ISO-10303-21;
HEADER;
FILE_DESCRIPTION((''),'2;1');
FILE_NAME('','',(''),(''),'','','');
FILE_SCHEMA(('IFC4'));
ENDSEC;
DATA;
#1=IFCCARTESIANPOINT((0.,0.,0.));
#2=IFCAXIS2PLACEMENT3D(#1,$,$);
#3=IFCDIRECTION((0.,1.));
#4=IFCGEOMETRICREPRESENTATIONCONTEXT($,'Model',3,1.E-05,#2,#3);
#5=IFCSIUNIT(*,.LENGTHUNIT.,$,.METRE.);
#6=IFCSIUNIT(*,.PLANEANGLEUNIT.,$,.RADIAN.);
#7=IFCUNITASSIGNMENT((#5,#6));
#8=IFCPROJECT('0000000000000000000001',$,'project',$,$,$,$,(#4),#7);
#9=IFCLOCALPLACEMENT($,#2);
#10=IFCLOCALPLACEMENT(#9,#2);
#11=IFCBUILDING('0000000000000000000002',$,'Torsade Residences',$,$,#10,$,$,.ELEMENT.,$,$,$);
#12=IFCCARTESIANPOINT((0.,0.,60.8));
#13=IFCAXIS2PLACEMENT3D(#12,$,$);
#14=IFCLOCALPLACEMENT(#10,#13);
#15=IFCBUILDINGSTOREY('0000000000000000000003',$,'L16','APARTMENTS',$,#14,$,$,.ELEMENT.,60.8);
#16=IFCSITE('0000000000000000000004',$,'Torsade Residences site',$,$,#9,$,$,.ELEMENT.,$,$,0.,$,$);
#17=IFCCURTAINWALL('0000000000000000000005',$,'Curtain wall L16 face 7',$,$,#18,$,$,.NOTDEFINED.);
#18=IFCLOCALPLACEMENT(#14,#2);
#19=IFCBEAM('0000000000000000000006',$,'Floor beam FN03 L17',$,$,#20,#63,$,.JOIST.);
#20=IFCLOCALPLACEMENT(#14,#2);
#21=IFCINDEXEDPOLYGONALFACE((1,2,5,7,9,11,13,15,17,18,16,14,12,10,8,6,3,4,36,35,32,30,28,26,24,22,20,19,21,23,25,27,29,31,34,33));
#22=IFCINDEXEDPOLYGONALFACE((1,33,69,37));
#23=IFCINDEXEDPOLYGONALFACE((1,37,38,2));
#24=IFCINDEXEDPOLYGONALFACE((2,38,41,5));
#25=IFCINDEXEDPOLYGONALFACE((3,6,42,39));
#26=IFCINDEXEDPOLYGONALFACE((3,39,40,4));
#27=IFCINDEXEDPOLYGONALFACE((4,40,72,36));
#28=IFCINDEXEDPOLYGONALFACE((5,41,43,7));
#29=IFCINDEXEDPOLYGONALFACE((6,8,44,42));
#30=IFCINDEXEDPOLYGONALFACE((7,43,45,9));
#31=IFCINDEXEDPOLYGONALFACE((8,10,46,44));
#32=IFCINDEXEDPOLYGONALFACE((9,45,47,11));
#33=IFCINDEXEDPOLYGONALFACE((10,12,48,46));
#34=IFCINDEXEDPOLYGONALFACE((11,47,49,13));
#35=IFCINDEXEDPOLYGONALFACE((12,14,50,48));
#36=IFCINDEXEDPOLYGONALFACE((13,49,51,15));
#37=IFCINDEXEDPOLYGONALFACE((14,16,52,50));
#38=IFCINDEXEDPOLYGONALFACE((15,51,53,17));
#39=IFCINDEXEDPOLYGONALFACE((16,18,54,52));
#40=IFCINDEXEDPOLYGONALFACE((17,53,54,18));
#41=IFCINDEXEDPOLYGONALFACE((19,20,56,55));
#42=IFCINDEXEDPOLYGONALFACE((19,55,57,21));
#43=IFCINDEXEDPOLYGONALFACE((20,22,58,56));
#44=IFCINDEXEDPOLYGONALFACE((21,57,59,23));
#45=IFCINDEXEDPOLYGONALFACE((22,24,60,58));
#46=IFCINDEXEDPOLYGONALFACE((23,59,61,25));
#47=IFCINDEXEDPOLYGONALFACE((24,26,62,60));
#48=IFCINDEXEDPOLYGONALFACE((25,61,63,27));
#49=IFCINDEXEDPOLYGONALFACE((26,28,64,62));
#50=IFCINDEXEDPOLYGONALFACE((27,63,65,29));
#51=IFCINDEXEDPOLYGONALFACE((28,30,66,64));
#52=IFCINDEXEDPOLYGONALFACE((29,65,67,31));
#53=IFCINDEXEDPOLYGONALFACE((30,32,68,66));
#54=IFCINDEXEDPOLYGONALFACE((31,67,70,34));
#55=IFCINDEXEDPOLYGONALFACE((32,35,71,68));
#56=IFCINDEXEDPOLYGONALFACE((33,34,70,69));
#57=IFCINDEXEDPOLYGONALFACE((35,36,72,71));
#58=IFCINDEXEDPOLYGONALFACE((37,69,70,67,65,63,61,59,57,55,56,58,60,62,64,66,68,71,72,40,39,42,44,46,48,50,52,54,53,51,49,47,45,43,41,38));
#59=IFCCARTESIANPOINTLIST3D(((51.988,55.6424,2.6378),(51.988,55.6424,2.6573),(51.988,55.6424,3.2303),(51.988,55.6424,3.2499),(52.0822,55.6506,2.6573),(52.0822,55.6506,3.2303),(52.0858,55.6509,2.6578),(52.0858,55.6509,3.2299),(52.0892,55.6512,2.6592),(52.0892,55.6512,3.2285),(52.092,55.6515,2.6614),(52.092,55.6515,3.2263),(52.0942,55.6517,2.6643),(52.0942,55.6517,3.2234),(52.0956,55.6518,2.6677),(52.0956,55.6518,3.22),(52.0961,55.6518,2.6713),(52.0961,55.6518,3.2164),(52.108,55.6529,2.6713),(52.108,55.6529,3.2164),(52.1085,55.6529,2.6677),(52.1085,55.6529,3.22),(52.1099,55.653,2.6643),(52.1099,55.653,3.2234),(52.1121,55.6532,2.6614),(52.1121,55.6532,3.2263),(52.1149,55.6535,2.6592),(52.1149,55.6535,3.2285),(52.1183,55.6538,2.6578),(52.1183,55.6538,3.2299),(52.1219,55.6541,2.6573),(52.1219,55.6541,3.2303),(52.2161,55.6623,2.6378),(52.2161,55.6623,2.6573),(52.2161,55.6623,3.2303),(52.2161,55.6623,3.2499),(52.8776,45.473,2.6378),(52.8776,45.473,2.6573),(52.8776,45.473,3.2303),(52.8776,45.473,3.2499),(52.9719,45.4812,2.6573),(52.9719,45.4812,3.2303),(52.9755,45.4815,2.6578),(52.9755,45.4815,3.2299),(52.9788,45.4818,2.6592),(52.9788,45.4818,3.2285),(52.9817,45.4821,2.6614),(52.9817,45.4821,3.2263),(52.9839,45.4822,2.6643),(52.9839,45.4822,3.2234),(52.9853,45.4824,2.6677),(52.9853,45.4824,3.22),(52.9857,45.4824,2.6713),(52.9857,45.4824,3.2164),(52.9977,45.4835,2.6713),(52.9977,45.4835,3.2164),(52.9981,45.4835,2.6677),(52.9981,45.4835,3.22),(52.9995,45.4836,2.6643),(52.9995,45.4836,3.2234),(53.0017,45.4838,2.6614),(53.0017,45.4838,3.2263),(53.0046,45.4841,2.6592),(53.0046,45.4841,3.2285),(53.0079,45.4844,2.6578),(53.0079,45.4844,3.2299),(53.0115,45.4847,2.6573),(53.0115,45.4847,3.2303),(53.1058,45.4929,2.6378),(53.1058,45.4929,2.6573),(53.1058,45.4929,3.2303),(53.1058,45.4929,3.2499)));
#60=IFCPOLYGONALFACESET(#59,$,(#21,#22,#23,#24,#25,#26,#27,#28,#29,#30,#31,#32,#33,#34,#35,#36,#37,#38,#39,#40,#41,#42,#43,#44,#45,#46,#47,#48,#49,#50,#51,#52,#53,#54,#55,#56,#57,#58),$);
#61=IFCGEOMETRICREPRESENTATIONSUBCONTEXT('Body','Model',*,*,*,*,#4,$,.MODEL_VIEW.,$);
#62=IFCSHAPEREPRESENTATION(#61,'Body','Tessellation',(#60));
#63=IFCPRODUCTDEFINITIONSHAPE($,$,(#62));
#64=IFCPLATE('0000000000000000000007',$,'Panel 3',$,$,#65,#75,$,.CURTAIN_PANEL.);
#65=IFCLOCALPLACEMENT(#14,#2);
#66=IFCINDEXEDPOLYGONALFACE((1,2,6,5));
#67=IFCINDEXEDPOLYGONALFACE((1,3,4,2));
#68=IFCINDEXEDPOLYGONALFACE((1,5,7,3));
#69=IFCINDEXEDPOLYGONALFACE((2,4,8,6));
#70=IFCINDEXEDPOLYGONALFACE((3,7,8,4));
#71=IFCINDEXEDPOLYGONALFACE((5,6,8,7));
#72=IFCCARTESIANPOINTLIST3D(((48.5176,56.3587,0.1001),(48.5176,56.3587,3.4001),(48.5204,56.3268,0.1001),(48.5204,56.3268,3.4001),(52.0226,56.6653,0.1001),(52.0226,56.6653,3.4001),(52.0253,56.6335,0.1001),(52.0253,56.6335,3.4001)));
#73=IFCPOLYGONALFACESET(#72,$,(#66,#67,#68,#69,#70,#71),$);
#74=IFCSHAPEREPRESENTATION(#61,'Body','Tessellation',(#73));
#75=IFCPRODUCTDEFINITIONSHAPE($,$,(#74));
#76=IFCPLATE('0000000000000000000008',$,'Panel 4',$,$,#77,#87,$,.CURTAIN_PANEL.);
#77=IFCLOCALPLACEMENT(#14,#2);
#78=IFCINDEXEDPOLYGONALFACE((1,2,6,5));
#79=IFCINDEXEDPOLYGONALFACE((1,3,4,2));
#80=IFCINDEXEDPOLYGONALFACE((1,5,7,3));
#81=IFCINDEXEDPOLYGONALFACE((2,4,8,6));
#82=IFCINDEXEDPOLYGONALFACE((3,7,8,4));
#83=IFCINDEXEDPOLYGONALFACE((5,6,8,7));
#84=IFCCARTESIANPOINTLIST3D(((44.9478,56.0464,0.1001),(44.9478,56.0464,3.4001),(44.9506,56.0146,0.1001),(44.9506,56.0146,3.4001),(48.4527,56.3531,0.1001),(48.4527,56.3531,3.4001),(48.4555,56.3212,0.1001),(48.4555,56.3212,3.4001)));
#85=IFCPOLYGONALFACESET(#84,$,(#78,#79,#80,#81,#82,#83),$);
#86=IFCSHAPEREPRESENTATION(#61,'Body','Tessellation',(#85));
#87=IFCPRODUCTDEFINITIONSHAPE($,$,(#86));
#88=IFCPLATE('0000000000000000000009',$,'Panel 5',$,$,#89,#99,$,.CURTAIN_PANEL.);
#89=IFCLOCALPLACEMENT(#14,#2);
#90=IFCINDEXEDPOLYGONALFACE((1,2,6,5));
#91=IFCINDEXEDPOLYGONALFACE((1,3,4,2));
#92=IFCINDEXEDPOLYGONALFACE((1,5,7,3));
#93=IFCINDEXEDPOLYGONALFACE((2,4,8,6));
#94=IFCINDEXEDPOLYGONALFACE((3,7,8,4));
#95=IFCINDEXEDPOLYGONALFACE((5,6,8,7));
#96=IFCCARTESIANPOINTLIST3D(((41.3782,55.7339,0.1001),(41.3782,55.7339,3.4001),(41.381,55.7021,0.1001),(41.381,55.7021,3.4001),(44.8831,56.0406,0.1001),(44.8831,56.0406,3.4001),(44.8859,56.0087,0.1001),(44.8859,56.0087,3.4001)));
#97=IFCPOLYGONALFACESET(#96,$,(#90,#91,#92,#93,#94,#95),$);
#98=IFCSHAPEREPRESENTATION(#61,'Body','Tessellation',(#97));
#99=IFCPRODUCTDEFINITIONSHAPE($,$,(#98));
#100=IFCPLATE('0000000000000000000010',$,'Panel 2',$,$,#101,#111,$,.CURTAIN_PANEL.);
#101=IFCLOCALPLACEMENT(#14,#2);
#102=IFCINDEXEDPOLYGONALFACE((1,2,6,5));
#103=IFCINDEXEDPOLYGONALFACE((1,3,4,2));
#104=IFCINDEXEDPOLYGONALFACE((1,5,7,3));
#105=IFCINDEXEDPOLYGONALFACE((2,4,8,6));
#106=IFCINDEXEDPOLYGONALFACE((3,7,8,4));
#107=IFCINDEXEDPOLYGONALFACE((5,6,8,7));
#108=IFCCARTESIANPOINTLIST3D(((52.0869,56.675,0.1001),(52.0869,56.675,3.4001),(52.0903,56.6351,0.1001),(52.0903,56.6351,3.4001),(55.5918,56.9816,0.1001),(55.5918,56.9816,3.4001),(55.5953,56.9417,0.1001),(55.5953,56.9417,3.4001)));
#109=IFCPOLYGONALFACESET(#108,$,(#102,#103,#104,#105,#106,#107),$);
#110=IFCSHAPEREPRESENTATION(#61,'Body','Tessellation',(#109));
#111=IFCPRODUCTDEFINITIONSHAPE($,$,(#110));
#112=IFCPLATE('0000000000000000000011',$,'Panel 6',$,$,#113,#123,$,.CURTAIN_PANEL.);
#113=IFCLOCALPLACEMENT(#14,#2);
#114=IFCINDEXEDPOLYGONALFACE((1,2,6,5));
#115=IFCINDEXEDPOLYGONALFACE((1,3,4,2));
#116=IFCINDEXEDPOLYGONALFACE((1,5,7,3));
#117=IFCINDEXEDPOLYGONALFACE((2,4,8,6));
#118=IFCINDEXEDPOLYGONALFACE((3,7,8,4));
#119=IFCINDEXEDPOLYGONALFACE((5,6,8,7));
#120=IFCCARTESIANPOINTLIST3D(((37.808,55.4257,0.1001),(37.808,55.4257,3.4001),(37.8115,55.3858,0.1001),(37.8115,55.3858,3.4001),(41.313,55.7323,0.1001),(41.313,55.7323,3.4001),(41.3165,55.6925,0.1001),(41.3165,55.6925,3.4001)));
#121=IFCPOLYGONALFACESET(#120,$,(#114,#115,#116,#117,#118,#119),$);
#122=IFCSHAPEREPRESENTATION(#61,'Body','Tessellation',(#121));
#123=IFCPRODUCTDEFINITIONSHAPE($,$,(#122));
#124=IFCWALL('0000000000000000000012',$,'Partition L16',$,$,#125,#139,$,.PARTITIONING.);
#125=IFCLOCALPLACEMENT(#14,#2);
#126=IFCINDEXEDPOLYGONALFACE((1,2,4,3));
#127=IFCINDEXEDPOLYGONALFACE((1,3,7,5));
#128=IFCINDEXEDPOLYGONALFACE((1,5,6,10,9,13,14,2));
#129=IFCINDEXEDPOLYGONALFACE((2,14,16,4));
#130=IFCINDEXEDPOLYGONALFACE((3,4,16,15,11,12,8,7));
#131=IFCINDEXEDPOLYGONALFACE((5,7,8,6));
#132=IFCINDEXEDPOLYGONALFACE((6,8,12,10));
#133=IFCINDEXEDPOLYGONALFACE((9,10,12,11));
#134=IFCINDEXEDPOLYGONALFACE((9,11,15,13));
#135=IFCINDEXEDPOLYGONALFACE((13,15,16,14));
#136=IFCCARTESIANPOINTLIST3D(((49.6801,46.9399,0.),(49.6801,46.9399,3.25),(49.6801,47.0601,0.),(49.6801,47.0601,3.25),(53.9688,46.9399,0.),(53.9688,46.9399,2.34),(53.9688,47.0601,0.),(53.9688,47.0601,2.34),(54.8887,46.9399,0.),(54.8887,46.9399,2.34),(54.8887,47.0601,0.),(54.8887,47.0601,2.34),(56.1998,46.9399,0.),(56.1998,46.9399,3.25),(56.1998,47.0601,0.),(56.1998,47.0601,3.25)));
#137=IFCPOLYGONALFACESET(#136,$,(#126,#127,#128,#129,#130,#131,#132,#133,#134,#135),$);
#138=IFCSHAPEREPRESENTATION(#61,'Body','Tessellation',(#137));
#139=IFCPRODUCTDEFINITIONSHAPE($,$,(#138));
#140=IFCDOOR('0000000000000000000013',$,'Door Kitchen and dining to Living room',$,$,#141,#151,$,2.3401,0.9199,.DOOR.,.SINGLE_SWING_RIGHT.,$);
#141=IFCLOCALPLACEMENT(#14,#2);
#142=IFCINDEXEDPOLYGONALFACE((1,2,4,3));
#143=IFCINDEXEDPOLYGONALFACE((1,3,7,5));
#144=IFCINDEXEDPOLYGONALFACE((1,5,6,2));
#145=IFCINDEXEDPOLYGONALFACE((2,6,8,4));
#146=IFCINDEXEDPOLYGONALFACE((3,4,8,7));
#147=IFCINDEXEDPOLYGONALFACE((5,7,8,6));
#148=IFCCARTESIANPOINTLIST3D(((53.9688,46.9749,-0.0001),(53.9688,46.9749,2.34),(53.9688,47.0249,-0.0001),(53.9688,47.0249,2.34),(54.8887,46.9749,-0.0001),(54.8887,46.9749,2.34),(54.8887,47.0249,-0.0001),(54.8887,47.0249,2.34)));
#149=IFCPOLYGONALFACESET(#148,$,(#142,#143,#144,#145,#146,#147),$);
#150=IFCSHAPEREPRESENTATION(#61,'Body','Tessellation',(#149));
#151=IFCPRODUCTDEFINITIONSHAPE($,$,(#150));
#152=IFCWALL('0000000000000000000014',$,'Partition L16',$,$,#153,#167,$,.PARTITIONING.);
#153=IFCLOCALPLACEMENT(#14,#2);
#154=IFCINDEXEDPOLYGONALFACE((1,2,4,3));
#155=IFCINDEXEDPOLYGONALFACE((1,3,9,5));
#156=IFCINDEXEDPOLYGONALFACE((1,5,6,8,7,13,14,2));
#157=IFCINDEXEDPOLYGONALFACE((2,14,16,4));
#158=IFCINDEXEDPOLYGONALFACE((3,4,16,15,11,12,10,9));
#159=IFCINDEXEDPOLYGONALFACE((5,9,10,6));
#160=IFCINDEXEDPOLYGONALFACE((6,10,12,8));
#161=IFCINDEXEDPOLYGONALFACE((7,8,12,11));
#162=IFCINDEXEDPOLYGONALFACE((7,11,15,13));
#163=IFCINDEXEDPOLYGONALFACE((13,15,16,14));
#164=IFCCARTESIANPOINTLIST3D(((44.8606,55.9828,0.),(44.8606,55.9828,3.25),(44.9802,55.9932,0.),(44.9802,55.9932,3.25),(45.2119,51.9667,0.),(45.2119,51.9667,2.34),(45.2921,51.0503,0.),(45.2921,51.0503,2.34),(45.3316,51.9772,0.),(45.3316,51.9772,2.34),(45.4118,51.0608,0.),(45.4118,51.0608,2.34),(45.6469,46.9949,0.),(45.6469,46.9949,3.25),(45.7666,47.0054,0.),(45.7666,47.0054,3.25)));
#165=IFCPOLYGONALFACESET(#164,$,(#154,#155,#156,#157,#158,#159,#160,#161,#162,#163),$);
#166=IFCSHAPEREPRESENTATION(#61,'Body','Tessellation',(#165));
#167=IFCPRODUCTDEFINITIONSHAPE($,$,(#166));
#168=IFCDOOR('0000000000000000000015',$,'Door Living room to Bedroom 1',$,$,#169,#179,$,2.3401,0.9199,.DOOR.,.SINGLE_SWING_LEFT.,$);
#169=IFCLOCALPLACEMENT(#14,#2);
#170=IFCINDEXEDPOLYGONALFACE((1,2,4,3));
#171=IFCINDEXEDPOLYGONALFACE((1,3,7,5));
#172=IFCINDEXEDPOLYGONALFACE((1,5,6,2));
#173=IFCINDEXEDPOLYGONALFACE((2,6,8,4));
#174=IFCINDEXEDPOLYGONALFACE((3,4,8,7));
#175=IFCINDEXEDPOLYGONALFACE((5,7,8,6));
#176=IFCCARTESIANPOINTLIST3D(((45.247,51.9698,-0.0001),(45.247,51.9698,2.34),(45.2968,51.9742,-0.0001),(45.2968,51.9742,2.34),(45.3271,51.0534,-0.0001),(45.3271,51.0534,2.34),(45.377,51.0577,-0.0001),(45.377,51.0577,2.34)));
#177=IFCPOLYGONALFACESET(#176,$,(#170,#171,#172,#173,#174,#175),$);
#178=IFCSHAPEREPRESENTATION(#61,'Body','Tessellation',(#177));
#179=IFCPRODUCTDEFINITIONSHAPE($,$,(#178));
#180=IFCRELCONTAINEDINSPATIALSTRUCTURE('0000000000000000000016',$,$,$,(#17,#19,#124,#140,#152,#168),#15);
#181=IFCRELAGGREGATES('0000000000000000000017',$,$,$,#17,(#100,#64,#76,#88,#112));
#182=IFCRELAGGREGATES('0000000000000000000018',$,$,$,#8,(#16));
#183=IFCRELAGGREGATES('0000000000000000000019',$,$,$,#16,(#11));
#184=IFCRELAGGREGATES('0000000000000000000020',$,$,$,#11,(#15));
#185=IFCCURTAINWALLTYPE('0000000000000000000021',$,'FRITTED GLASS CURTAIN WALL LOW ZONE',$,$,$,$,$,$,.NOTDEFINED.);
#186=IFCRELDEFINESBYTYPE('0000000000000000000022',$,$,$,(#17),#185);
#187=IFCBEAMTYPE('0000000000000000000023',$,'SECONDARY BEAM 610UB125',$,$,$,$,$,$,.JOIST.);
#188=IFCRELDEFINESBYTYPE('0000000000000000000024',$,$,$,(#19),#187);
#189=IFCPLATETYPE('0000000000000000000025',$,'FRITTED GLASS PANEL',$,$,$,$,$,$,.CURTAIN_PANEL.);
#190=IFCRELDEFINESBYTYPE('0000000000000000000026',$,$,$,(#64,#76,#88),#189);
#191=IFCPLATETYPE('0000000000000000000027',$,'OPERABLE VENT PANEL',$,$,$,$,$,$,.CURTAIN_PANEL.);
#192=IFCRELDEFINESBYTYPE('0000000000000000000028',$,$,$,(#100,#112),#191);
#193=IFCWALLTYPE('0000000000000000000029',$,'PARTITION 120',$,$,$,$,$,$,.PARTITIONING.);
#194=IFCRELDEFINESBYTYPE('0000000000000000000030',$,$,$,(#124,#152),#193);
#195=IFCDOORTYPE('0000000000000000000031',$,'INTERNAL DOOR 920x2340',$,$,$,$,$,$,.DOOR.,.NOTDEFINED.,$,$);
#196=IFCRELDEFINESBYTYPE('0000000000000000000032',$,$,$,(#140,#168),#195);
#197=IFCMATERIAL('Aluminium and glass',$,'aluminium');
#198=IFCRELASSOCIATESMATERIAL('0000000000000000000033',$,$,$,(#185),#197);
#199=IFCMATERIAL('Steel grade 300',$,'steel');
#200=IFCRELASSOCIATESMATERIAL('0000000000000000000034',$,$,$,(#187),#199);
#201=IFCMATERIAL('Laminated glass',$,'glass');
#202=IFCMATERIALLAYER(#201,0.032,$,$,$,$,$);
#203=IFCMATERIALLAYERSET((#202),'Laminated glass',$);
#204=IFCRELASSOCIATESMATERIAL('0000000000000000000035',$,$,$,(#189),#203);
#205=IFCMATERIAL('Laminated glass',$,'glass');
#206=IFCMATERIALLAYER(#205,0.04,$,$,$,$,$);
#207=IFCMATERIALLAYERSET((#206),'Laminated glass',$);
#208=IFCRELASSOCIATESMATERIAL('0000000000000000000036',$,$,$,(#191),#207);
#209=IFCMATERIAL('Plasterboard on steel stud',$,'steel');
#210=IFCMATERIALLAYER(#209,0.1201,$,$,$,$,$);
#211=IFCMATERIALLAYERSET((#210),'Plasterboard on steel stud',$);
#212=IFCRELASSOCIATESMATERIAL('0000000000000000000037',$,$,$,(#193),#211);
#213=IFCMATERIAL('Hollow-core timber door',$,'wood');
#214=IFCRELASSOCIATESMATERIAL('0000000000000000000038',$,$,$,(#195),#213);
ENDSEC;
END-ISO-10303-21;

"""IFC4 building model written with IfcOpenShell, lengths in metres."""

from ifc_helpers import new_model, si_unit, direction, frame, frame_2d, origin, origin_2d, place, context, subcontext, project, spatial, rectangle, i_section, extrude, material, layer, layer_set, material_profile, profile_set, type_object, element, fill, aggregate, save


model = new_model("IFC4")

# Units and contexts
model_context = context("Model", 3, precision=1e-05, world=origin(), true_north=direction((0.0, 1.0)))
body_context = subcontext(model_context, "Body", "Model", "MODEL_VIEW")
ifc_project = project(units=[si_unit("LENGTHUNIT", "METRE"), si_unit("PLANEANGLEUNIT", "RADIAN")], contexts=[model_context])

# Site, building, storey
site_placement = place(None, origin())
site = spatial("IfcSite", under=ifc_project, at=site_placement, Name="Torsade Residences site", CompositionType="ELEMENT", RefElevation=0.0)
building_placement = place(site_placement, origin())
building = spatial("IfcBuilding", under=site, at=building_placement, Name="Torsade Residences", CompositionType="ELEMENT")
storey_placement = place(building_placement, frame((0.0, 0.0, 60.8)))
storey = spatial("IfcBuildingStorey", under=building, at=storey_placement, Name="L16", Description="APARTMENTS", CompositionType="ELEMENT", Elevation=60.8)

# Curtain wall
ifc_material_1 = material(Name="Aluminium and glass", Category="aluminium")
curtain_wall_type = type_object("IfcCurtainWallType", Name="FRITTED GLASS CURTAIN WALL LOW ZONE", PredefinedType="NOTDEFINED", material=ifc_material_1)
curtain_wall_placement = place(storey_placement, origin())
curtain_wall = element("IfcCurtainWall", 1, at=curtain_wall_placement, inside=storey, type_object=curtain_wall_type, Name="Curtain wall L16 face 7", PredefinedType="NOTDEFINED")

# Beam
ifc_material_2 = material(Name="Steel grade 300", Category="steel")
ifc_material_profile_1 = material_profile(ifc_material_2, i_section(OverallWidth=0.229, OverallDepth=0.6121, WebThickness=0.012, FlangeThickness=0.0195, FilletRadius=0.0139, at=origin_2d()), Name="610UB125")
ifc_profile_set_1 = profile_set([ifc_material_profile_1], Name="Steel grade 300")
beam_type_1 = type_object("IfcBeamType", Name="SECONDARY BEAM 610UB125", PredefinedType="JOIST", material=ifc_profile_set_1)
beam_1_placement = place(storey_placement, frame((52.1021, 55.6523, 2.9438), z_axis=(0.08715, -0.996195, 0.0), x_axis=(0.996195, 0.08715, 0.0)))
element("IfcBeam", 2, at=beam_1_placement, inside=storey, type_object=beam_type_1, Name="Floor beam FN03 L17", PredefinedType="JOIST", context=body_context, shape_type="SweptSolid", body=[
    extrude(i_section(OverallWidth=0.229, OverallDepth=0.6121, WebThickness=0.012, FlangeThickness=0.0195, FilletRadius=0.0139, at=origin_2d()), origin(), (0.0, 0.0, 1.0), 10.2083),
])

# Plates
ifc_material_3 = material(Name="Laminated glass", Category="glass")
ifc_layer_1 = layer(ifc_material_3, 0.032)
ifc_layer_set_1 = layer_set([ifc_layer_1], Name="Laminated glass")
plate_type_1 = type_object("IfcPlateType", Name="FRITTED GLASS PANEL", PredefinedType="CURTAIN_PANEL", material=ifc_layer_set_1)
plate_1_placement = place(storey_placement, frame((50.2715, 56.4961, 0.1001), z_axis=(0.0, 0.0, 1.0), x_axis=(-0.996195, -0.087156, 0.0)))
plate_1 = element("IfcPlate", 3, at=plate_1_placement, type_object=plate_type_1, Name="Panel 3", PredefinedType="CURTAIN_PANEL", context=body_context, shape_type="SweptSolid", body=[
    extrude(rectangle(XDim=3.5183, YDim=0.032, at=origin_2d()), origin(), (0.0, 0.0, 1.0), 3.3),
])
plate_2_placement = place(storey_placement, frame((46.7017, 56.1838, 0.1001), z_axis=(0.0, 0.0, 1.0), x_axis=(-0.996195, -0.087156, 0.0)))
plate_2 = element("IfcPlate", 4, at=plate_2_placement, type_object=plate_type_1, Name="Panel 4", PredefinedType="CURTAIN_PANEL", context=body_context, shape_type="SweptSolid", body=[
    extrude(rectangle(XDim=3.5183, YDim=0.032, at=origin_2d()), origin(), (0.0, 0.0, 1.0), 3.3),
])
plate_3_placement = place(storey_placement, frame((43.1321, 55.8713, 0.1001), z_axis=(0.0, 0.0, 1.0), x_axis=(-0.996195, -0.087156, 0.0)))
plate_3 = element("IfcPlate", 5, at=plate_3_placement, type_object=plate_type_1, Name="Panel 5", PredefinedType="CURTAIN_PANEL", context=body_context, shape_type="SweptSolid", body=[
    extrude(rectangle(XDim=3.5183, YDim=0.032, at=origin_2d()), origin(), (0.0, 0.0, 1.0), 3.3),
])
ifc_material_4 = material(Name="Laminated glass", Category="glass")
ifc_layer_2 = layer(ifc_material_4, 0.04)
ifc_layer_set_2 = layer_set([ifc_layer_2], Name="Laminated glass")
plate_type_2 = type_object("IfcPlateType", Name="OPERABLE VENT PANEL", PredefinedType="CURTAIN_PANEL", material=ifc_layer_set_2)
plate_4_placement = place(storey_placement, frame((53.8411, 56.8083, 0.1001), z_axis=(0.0, 0.0, 1.0), x_axis=(-0.996195, -0.087156, 0.0)))
plate_4 = element("IfcPlate", 6, at=plate_4_placement, type_object=plate_type_2, Name="Panel 2", PredefinedType="CURTAIN_PANEL", context=body_context, shape_type="SweptSolid", body=[
    extrude(rectangle(XDim=3.5183, YDim=0.04, at=origin_2d()), origin(), (0.0, 0.0, 1.0), 3.3),
])
plate_5_placement = place(storey_placement, frame((39.5623, 55.5591, 0.1001), z_axis=(0.0, 0.0, 1.0), x_axis=(-0.996195, -0.087156, 0.0)))
plate_5 = element("IfcPlate", 7, at=plate_5_placement, type_object=plate_type_2, Name="Panel 6", PredefinedType="CURTAIN_PANEL", context=body_context, shape_type="SweptSolid", body=[
    extrude(rectangle(XDim=3.5183, YDim=0.04, at=origin_2d()), origin(), (0.0, 0.0, 1.0), 3.3),
])
aggregate(curtain_wall, [plate_4, plate_1, plate_2, plate_3, plate_5])

# Walls, openings, doors
ifc_material_5 = material(Name="Plasterboard on steel stud", Category="steel")
ifc_layer_3 = layer(ifc_material_5, 0.1201)
ifc_layer_set_3 = layer_set([ifc_layer_3], Name="Plasterboard on steel stud")
wall_type_1 = type_object("IfcWallType", Name="PARTITION 120", PredefinedType="PARTITIONING", material=ifc_layer_set_3)
wall_1_placement = place(storey_placement, frame((49.6802, 47.0, 0.0), z_axis=(0.0, 0.0, 1.0), x_axis=(1.0, 0.0, 0.0)))
wall_1 = element("IfcWall", 8, at=wall_1_placement, inside=storey, type_object=wall_type_1, Name="Partition L16", PredefinedType="PARTITIONING", context=body_context, shape_type="SweptSolid", body=[
    extrude(rectangle(XDim=6.5198, YDim=0.1201, at=frame_2d((3.2598, 0.0))), origin(), (0.0, 0.0, 1.0), 3.25),
])
opening_1_placement = place(wall_1_placement, frame((4.2886, 0.0, 0.0)))
opening_1 = element("IfcOpeningElement", 9, at=opening_1_placement, cuts=wall_1, PredefinedType="OPENING", context=body_context, shape_type="SweptSolid", body=[
    extrude(rectangle(XDim=0.9199, YDim=2.3401, at=frame_2d((0.46, 1.1699))), frame((0.0, 0.0701, 0.0), z_axis=(0.0, -1.0, 0.0), x_axis=(1.0, 0.0, 0.0)), (0.0, 0.0, 1.0), 0.1401),
])
ifc_material_6 = material(Name="Hollow-core timber door", Category="wood")
door_type = type_object("IfcDoorType", Name="INTERNAL DOOR 920x2340", OperationType="NOTDEFINED", PredefinedType="DOOR", material=ifc_material_6)
door_1_placement = place(opening_1_placement, origin())
door_1 = element("IfcDoor", 10, at=door_1_placement, inside=storey, type_object=door_type, Name="Door Kitchen and dining to Living room", OperationType="SINGLE_SWING_RIGHT", OverallHeight=2.3401, OverallWidth=0.9199, PredefinedType="DOOR", context=body_context, shape_type="SweptSolid", body=[
    extrude(rectangle(XDim=0.9199, YDim=2.3401, at=frame_2d((0.46, 1.1699))), frame((0.0, 0.0249, 0.0), z_axis=(0.0, -1.0, 0.0), x_axis=(1.0, 0.0, 0.0)), (0.0, 0.0, 1.0), 0.05),
])
fill(opening_1, door_1)
wall_2_placement = place(storey_placement, frame((45.7068, 47.0, 0.0), z_axis=(0.0, 0.0, 1.0), x_axis=(-0.087161, 0.996194, 0.0)))
wall_2 = element("IfcWall", 11, at=wall_2_placement, inside=storey, type_object=wall_type_1, Name="Partition L16", PredefinedType="PARTITIONING", context=body_context, shape_type="SweptSolid", body=[
    extrude(rectangle(XDim=9.0222, YDim=0.1201, at=frame_2d((4.5112, 0.0))), origin(), (0.0, 0.0, 1.0), 3.25),
])
opening_2_placement = place(wall_2_placement, frame((4.071, 0.0, 0.0)))
opening_2 = element("IfcOpeningElement", 12, at=opening_2_placement, cuts=wall_2, PredefinedType="OPENING", context=body_context, shape_type="SweptSolid", body=[
    extrude(rectangle(XDim=0.9199, YDim=2.3401, at=frame_2d((0.46, 1.1699))), frame((0.0, 0.0701, 0.0), z_axis=(0.0, -1.0, 0.0), x_axis=(1.0, 0.0, 0.0)), (0.0, 0.0, 1.0), 0.1401),
])
door_2_placement = place(opening_2_placement, origin())
door_2 = element("IfcDoor", 13, at=door_2_placement, inside=storey, type_object=door_type, Name="Door Living room to Bedroom 1", OperationType="SINGLE_SWING_LEFT", OverallHeight=2.3401, OverallWidth=0.9199, PredefinedType="DOOR", context=body_context, shape_type="SweptSolid", body=[
    extrude(rectangle(XDim=0.9199, YDim=2.3401, at=frame_2d((0.46, 1.1699))), frame((0.0, 0.0249, 0.0), z_axis=(0.0, -1.0, 0.0), x_axis=(1.0, 0.0, 0.0)), (0.0, 0.0, 1.0), 0.05),
])
fill(opening_2, door_2)

save(model, "model.ifc")
